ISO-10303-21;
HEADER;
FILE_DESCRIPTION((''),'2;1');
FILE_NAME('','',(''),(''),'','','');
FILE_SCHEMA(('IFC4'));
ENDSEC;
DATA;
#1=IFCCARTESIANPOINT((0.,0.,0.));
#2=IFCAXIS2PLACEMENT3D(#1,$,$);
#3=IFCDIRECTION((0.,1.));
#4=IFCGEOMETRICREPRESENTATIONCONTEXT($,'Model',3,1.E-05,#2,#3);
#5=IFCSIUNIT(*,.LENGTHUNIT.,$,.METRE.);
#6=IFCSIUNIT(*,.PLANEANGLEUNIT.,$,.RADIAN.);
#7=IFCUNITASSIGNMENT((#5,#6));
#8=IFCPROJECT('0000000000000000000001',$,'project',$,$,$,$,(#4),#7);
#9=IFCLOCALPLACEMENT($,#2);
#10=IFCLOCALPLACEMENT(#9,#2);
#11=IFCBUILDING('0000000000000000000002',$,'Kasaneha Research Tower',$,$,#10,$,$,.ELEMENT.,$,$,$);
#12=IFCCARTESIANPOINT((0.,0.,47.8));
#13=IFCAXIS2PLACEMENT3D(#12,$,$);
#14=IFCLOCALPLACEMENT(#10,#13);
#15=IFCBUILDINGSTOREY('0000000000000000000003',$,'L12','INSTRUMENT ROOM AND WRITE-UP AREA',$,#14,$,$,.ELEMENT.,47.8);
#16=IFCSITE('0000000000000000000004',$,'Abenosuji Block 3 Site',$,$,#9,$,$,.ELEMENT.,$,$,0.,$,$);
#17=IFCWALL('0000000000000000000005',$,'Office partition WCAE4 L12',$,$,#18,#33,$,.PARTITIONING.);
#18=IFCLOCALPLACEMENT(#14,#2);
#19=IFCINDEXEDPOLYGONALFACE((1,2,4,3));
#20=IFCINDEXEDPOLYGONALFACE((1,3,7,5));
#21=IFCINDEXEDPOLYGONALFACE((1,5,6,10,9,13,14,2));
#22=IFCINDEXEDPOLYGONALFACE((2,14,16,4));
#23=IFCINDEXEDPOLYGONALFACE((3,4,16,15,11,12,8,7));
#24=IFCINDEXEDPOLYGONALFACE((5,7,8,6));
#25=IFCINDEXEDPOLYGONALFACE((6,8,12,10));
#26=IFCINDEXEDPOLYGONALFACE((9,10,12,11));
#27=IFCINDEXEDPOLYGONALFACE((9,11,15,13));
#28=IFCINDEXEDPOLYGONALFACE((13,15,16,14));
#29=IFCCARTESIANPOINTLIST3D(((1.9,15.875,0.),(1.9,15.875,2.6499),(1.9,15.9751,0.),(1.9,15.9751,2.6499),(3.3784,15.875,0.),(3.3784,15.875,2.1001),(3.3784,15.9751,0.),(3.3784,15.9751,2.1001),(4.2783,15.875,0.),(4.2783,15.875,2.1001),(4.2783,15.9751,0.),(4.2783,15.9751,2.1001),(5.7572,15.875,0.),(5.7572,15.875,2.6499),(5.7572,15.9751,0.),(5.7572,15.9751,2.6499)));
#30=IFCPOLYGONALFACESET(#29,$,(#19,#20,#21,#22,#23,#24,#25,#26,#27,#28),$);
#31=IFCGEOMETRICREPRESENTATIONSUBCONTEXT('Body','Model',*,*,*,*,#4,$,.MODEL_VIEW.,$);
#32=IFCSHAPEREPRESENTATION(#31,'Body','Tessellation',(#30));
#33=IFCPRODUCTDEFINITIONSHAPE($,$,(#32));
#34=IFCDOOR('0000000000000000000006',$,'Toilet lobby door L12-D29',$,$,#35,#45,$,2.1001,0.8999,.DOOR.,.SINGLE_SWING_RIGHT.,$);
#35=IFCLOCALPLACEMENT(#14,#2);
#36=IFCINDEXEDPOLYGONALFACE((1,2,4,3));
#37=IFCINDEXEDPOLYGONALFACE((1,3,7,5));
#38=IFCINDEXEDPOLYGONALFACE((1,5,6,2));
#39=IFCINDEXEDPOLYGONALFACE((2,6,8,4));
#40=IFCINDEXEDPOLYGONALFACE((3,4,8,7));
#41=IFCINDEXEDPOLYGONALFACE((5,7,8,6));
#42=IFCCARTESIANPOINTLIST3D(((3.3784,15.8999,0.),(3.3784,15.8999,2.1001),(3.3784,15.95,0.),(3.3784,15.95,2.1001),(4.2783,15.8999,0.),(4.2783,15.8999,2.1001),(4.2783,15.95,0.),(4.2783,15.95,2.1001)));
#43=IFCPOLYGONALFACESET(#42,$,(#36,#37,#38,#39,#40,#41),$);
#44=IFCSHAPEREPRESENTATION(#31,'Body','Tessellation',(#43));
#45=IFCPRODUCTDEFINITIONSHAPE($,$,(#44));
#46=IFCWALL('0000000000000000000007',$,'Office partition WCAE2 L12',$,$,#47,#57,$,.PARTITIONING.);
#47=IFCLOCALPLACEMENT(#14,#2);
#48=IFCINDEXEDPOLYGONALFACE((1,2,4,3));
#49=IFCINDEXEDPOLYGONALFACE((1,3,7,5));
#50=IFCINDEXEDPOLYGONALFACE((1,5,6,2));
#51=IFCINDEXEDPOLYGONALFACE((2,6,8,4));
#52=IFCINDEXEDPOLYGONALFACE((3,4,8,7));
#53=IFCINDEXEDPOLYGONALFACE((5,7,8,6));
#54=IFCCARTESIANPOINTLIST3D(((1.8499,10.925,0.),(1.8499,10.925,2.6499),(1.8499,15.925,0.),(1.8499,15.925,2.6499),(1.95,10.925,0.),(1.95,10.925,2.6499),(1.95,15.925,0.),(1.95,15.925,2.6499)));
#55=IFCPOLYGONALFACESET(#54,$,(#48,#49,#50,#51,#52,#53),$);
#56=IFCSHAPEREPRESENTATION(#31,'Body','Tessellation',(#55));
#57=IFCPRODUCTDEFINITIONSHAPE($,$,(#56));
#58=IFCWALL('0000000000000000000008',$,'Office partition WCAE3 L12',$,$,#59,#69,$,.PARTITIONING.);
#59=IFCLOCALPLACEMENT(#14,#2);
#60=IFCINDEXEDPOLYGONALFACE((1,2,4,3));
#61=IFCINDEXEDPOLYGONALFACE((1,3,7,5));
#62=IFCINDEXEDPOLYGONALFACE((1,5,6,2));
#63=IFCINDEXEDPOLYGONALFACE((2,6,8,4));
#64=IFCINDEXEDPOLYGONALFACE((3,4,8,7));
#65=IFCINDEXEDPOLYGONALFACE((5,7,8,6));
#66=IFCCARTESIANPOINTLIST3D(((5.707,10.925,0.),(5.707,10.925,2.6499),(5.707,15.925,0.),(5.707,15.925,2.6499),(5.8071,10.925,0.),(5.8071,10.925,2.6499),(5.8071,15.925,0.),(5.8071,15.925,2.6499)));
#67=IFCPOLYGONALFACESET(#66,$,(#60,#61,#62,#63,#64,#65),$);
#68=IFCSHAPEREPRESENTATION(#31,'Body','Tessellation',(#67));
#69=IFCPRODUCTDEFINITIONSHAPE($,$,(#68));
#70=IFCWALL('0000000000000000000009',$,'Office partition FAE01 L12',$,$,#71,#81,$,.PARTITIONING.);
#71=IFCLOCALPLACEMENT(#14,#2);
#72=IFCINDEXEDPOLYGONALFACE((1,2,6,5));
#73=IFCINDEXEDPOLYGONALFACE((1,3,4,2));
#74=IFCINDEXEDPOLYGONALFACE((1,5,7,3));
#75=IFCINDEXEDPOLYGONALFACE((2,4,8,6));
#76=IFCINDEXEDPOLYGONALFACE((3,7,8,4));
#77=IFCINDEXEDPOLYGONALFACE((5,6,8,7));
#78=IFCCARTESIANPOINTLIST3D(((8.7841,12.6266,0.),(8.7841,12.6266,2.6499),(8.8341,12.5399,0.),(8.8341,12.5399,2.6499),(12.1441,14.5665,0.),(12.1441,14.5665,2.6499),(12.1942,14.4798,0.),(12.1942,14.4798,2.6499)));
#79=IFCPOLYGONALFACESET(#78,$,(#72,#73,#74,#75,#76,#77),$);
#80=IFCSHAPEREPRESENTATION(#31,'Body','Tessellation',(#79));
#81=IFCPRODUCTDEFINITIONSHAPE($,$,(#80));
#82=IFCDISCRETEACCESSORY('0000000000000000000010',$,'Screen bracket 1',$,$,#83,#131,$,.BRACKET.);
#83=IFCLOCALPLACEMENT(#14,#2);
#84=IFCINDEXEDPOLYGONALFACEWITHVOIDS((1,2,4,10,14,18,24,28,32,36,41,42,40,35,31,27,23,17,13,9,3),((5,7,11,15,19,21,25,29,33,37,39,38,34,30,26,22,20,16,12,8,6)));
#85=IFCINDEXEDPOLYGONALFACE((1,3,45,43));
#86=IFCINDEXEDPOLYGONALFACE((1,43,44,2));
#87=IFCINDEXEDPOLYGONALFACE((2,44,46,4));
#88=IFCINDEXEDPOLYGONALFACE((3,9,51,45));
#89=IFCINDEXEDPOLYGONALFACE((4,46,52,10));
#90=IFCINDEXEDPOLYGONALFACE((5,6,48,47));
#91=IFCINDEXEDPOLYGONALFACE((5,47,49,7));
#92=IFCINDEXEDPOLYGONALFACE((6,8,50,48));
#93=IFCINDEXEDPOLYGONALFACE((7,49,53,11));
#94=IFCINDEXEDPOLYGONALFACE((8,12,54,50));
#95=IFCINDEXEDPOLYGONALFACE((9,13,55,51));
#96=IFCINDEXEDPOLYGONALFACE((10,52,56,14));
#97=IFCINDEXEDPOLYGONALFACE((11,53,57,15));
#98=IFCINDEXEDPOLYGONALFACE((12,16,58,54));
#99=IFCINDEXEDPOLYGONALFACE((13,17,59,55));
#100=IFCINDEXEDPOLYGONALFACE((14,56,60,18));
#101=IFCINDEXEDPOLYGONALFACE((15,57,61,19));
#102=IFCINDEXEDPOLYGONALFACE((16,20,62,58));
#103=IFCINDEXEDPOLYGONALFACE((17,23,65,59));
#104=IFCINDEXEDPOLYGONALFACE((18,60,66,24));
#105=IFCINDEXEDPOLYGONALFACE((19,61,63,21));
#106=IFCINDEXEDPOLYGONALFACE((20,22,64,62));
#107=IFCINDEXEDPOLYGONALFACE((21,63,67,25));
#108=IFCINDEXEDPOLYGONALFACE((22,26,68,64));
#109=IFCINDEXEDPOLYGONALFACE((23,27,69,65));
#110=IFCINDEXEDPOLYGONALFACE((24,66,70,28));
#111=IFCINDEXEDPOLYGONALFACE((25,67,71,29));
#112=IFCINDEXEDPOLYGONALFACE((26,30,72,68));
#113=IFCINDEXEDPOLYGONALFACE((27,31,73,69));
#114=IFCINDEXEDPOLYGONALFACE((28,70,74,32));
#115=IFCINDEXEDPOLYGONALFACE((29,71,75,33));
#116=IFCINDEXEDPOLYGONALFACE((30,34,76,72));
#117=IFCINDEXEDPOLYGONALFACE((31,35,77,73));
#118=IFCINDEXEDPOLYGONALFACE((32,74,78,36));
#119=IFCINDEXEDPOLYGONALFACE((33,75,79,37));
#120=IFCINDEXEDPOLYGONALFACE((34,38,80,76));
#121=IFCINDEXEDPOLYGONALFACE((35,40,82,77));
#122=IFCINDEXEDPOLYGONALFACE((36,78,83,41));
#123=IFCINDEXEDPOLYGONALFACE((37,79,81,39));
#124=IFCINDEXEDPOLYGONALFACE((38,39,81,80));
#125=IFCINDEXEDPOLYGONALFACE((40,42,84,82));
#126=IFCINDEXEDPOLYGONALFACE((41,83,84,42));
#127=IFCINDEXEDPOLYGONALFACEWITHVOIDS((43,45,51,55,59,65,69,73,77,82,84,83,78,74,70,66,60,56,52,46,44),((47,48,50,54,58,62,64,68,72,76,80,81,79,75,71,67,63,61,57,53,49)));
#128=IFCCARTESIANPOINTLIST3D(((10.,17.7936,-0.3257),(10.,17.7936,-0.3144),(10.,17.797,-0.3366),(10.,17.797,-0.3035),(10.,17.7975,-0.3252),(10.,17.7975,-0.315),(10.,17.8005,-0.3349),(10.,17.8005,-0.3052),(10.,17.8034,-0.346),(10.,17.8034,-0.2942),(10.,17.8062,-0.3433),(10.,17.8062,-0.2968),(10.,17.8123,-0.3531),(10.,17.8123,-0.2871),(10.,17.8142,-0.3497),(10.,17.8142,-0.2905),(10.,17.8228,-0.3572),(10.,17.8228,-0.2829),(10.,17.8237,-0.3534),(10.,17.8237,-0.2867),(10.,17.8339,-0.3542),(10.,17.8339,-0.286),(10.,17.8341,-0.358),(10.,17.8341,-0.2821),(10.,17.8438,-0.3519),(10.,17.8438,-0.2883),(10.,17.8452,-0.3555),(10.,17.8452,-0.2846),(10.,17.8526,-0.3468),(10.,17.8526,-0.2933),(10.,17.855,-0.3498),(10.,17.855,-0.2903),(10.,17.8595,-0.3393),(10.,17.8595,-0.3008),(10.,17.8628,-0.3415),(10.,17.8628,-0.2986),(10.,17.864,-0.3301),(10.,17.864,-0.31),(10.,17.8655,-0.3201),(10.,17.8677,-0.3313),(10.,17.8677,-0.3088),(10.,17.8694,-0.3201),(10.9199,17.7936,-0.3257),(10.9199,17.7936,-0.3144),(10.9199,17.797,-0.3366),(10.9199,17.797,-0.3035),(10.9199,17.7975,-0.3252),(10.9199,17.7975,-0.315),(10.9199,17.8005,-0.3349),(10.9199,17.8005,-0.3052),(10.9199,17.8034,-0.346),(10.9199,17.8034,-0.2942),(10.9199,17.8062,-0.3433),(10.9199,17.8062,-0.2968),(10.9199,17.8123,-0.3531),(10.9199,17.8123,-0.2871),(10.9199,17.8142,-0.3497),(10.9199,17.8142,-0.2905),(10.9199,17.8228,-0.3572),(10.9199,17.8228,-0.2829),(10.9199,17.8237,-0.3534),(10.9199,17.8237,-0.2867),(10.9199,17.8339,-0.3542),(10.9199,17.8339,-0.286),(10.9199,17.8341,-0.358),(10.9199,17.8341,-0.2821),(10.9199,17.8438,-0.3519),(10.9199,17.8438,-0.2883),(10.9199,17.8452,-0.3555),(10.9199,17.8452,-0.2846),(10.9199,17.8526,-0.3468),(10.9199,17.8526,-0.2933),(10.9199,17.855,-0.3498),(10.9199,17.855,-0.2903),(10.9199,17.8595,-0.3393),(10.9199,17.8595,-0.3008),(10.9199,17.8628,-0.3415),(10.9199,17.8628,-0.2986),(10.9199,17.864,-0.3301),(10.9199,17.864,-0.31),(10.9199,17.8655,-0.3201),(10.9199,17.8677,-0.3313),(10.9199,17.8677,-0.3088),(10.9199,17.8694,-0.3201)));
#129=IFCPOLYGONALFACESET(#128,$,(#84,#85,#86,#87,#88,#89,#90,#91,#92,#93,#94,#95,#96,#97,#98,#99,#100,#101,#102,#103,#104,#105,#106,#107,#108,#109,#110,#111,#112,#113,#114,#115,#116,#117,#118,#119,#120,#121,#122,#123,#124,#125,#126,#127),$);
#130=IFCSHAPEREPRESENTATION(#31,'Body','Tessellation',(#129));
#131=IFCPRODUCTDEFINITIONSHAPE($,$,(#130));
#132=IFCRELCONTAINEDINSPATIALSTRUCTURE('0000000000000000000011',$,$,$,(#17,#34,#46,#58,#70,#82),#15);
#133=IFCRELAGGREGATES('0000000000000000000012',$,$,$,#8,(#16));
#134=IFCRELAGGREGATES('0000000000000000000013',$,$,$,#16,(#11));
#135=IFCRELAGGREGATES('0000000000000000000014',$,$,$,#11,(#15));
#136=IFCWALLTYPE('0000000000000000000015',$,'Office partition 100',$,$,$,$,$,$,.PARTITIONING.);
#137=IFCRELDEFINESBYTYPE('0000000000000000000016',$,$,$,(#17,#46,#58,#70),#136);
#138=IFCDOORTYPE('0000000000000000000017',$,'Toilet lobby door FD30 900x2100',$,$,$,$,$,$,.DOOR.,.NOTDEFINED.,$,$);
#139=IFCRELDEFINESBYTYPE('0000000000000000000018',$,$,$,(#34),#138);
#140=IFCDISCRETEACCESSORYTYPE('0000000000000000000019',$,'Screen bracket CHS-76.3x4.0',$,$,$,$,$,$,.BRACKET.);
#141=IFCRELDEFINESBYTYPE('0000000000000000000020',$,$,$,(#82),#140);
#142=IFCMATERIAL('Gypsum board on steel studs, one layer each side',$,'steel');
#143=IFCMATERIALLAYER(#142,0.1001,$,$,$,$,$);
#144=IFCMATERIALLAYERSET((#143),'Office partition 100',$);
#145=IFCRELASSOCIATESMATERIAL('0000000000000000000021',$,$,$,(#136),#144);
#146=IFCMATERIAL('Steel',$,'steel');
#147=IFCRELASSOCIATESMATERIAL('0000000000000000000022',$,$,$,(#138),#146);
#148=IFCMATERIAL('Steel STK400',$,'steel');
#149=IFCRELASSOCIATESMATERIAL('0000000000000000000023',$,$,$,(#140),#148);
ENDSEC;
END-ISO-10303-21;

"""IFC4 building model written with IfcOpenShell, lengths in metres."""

from ifc_helpers import new_model, si_unit, direction, frame, frame_2d, origin, origin_2d, place, context, subcontext, project, spatial, rectangle, hollow_circle, extrude, material, layer, layer_set, material_profile, profile_set, type_object, element, fill, save


model = new_model("IFC4")

# Units and contexts
model_context = context("Model", 3, precision=1e-05, world=origin(), true_north=direction((0.0, 1.0)))
body_context = subcontext(model_context, "Body", "Model", "MODEL_VIEW")
ifc_project = project(units=[si_unit("LENGTHUNIT", "METRE"), si_unit("PLANEANGLEUNIT", "RADIAN")], contexts=[model_context])

# Site, building, storey
site_placement = place(None, origin())
site = spatial("IfcSite", under=ifc_project, at=site_placement, Name="Abenosuji Block 3 Site", CompositionType="ELEMENT", RefElevation=0.0)
building_placement = place(site_placement, origin())
building = spatial("IfcBuilding", under=site, at=building_placement, Name="Kasaneha Research Tower", CompositionType="ELEMENT")
storey_placement = place(building_placement, frame((0.0, 0.0, 47.8)))
storey = spatial("IfcBuildingStorey", under=building, at=storey_placement, Name="L12", Description="INSTRUMENT ROOM AND WRITE-UP AREA", CompositionType="ELEMENT", Elevation=47.8)

# Wall, opening, door
ifc_material_1 = material(Name="Gypsum board on steel studs, one layer each side", Category="steel")
ifc_layer_1 = layer(ifc_material_1, 0.1001)
ifc_layer_set_1 = layer_set([ifc_layer_1], Name="Office partition 100")
wall_type_1 = type_object("IfcWallType", Name="Office partition 100", PredefinedType="PARTITIONING", material=ifc_layer_set_1)
ifc_material_2 = material(Name="Steel", Category="steel")
door_type_1 = type_object("IfcDoorType", Name="Toilet lobby door FD30 900x2100", OperationType="NOTDEFINED", PredefinedType="DOOR", material=ifc_material_2)
wall_1_placement = place(storey_placement, frame((1.8999, 15.925, 0.0), z_axis=(0.0, 0.0, 1.0), x_axis=(1.0, 0.0, 0.0)))
wall_1 = element("IfcWall", 1, at=wall_1_placement, inside=storey, type_object=wall_type_1, Name="Office partition WCAE4 L12", PredefinedType="PARTITIONING", context=body_context, shape_type="SweptSolid", body=[
    extrude(rectangle(XDim=3.8572, YDim=0.1001, at=frame_2d((1.9287, 0.0))), origin(), (0.0, 0.0, 1.0), 2.6499),
])
opening_1_placement = place(wall_1_placement, frame((1.4785, 0.0, 0.0)))
opening_1 = element("IfcOpeningElement", 2, at=opening_1_placement, cuts=wall_1, PredefinedType="OPENING", context=body_context, shape_type="SweptSolid", body=[
    extrude(rectangle(XDim=0.8999, YDim=2.1001, at=frame_2d((0.45, 1.05))), frame((0.0, 0.0601, 0.0), z_axis=(0.0, -1.0, 0.0), x_axis=(1.0, 0.0, 0.0)), (0.0, 0.0, 1.0), 0.1201),
])
door_1_placement = place(opening_1_placement, origin())
door_1 = element("IfcDoor", 3, at=door_1_placement, inside=storey, type_object=door_type_1, Name="Toilet lobby door L12-D29", OperationType="SINGLE_SWING_RIGHT", OverallHeight=2.1001, OverallWidth=0.8999, PredefinedType="DOOR", context=body_context, shape_type="SweptSolid", body=[
    extrude(rectangle(XDim=0.8999, YDim=2.1001, at=frame_2d((0.45, 1.05))), frame((0.0, 0.0249, 0.0), z_axis=(0.0, -1.0, 0.0), x_axis=(1.0, 0.0, 0.0)), (0.0, 0.0, 1.0), 0.05),
])
fill(opening_1, door_1)

# Walls
for number, where, z_axis, x_axis, name in (
    (4, (1.8999, 10.925, 0.0), (0.0, 0.0, 1.0), (0.0, 1.0, 0.0), "Office partition WCAE2 L12"),
    (5, (5.7571, 10.925, 0.0), (0.0, 0.0, 1.0), (0.0, 1.0, 0.0), "Office partition WCAE3 L12"),
):
    element("IfcWall", number, at=place(storey_placement, frame(where, z_axis=z_axis, x_axis=x_axis)), inside=storey, type_object=wall_type_1, Name=name, PredefinedType="PARTITIONING", context=body_context, shape_type="SweptSolid", body=[
        extrude(rectangle(XDim=5.0, YDim=0.1001, at=frame_2d((2.5, 0.0))), origin(), (0.0, 0.0, 1.0), 2.6499),
    ])
wall_2_placement = place(storey_placement, frame((8.8091, 12.5833, 0.0), z_axis=(0.0, 0.0, 1.0), x_axis=(0.866027, 0.499997, 0.0)))
element("IfcWall", 6, at=wall_2_placement, inside=storey, type_object=wall_type_1, Name="Office partition FAE01 L12", PredefinedType="PARTITIONING", context=body_context, shape_type="SweptSolid", body=[
    extrude(rectangle(XDim=3.8799, YDim=0.1001, at=frame_2d((1.9399, 0.0))), origin(), (0.0, 0.0, 1.0), 2.6499),
])

# Discrete accessory
ifc_material_3 = material(Name="Steel STK400", Category="steel")
ifc_material_profile_1 = material_profile(ifc_material_3, hollow_circle(Radius=0.0381, WallThickness=0.0039, at=origin_2d()), Name="CHS-76.3x4.0")
ifc_profile_set_1 = profile_set([ifc_material_profile_1], Name="Steel STK400")
discrete_accessory_type = type_object("IfcDiscreteAccessoryType", Name="Screen bracket CHS-76.3x4.0", PredefinedType="BRACKET", material=ifc_profile_set_1)
discrete_accessory_placement = place(storey_placement, frame((10.0, 17.8313, -0.3201), z_axis=(1.0, 0.0, 0.0), x_axis=(0.0, 1.0, 0.0)))
element("IfcDiscreteAccessory", 7, at=discrete_accessory_placement, inside=storey, type_object=discrete_accessory_type, Name="Screen bracket 1", PredefinedType="BRACKET", context=body_context, shape_type="SweptSolid", body=[
    extrude(hollow_circle(Radius=0.0381, WallThickness=0.0039, at=origin_2d()), origin(), (0.0, 0.0, 1.0), 0.9199),
])

save(model, "model.ifc")
